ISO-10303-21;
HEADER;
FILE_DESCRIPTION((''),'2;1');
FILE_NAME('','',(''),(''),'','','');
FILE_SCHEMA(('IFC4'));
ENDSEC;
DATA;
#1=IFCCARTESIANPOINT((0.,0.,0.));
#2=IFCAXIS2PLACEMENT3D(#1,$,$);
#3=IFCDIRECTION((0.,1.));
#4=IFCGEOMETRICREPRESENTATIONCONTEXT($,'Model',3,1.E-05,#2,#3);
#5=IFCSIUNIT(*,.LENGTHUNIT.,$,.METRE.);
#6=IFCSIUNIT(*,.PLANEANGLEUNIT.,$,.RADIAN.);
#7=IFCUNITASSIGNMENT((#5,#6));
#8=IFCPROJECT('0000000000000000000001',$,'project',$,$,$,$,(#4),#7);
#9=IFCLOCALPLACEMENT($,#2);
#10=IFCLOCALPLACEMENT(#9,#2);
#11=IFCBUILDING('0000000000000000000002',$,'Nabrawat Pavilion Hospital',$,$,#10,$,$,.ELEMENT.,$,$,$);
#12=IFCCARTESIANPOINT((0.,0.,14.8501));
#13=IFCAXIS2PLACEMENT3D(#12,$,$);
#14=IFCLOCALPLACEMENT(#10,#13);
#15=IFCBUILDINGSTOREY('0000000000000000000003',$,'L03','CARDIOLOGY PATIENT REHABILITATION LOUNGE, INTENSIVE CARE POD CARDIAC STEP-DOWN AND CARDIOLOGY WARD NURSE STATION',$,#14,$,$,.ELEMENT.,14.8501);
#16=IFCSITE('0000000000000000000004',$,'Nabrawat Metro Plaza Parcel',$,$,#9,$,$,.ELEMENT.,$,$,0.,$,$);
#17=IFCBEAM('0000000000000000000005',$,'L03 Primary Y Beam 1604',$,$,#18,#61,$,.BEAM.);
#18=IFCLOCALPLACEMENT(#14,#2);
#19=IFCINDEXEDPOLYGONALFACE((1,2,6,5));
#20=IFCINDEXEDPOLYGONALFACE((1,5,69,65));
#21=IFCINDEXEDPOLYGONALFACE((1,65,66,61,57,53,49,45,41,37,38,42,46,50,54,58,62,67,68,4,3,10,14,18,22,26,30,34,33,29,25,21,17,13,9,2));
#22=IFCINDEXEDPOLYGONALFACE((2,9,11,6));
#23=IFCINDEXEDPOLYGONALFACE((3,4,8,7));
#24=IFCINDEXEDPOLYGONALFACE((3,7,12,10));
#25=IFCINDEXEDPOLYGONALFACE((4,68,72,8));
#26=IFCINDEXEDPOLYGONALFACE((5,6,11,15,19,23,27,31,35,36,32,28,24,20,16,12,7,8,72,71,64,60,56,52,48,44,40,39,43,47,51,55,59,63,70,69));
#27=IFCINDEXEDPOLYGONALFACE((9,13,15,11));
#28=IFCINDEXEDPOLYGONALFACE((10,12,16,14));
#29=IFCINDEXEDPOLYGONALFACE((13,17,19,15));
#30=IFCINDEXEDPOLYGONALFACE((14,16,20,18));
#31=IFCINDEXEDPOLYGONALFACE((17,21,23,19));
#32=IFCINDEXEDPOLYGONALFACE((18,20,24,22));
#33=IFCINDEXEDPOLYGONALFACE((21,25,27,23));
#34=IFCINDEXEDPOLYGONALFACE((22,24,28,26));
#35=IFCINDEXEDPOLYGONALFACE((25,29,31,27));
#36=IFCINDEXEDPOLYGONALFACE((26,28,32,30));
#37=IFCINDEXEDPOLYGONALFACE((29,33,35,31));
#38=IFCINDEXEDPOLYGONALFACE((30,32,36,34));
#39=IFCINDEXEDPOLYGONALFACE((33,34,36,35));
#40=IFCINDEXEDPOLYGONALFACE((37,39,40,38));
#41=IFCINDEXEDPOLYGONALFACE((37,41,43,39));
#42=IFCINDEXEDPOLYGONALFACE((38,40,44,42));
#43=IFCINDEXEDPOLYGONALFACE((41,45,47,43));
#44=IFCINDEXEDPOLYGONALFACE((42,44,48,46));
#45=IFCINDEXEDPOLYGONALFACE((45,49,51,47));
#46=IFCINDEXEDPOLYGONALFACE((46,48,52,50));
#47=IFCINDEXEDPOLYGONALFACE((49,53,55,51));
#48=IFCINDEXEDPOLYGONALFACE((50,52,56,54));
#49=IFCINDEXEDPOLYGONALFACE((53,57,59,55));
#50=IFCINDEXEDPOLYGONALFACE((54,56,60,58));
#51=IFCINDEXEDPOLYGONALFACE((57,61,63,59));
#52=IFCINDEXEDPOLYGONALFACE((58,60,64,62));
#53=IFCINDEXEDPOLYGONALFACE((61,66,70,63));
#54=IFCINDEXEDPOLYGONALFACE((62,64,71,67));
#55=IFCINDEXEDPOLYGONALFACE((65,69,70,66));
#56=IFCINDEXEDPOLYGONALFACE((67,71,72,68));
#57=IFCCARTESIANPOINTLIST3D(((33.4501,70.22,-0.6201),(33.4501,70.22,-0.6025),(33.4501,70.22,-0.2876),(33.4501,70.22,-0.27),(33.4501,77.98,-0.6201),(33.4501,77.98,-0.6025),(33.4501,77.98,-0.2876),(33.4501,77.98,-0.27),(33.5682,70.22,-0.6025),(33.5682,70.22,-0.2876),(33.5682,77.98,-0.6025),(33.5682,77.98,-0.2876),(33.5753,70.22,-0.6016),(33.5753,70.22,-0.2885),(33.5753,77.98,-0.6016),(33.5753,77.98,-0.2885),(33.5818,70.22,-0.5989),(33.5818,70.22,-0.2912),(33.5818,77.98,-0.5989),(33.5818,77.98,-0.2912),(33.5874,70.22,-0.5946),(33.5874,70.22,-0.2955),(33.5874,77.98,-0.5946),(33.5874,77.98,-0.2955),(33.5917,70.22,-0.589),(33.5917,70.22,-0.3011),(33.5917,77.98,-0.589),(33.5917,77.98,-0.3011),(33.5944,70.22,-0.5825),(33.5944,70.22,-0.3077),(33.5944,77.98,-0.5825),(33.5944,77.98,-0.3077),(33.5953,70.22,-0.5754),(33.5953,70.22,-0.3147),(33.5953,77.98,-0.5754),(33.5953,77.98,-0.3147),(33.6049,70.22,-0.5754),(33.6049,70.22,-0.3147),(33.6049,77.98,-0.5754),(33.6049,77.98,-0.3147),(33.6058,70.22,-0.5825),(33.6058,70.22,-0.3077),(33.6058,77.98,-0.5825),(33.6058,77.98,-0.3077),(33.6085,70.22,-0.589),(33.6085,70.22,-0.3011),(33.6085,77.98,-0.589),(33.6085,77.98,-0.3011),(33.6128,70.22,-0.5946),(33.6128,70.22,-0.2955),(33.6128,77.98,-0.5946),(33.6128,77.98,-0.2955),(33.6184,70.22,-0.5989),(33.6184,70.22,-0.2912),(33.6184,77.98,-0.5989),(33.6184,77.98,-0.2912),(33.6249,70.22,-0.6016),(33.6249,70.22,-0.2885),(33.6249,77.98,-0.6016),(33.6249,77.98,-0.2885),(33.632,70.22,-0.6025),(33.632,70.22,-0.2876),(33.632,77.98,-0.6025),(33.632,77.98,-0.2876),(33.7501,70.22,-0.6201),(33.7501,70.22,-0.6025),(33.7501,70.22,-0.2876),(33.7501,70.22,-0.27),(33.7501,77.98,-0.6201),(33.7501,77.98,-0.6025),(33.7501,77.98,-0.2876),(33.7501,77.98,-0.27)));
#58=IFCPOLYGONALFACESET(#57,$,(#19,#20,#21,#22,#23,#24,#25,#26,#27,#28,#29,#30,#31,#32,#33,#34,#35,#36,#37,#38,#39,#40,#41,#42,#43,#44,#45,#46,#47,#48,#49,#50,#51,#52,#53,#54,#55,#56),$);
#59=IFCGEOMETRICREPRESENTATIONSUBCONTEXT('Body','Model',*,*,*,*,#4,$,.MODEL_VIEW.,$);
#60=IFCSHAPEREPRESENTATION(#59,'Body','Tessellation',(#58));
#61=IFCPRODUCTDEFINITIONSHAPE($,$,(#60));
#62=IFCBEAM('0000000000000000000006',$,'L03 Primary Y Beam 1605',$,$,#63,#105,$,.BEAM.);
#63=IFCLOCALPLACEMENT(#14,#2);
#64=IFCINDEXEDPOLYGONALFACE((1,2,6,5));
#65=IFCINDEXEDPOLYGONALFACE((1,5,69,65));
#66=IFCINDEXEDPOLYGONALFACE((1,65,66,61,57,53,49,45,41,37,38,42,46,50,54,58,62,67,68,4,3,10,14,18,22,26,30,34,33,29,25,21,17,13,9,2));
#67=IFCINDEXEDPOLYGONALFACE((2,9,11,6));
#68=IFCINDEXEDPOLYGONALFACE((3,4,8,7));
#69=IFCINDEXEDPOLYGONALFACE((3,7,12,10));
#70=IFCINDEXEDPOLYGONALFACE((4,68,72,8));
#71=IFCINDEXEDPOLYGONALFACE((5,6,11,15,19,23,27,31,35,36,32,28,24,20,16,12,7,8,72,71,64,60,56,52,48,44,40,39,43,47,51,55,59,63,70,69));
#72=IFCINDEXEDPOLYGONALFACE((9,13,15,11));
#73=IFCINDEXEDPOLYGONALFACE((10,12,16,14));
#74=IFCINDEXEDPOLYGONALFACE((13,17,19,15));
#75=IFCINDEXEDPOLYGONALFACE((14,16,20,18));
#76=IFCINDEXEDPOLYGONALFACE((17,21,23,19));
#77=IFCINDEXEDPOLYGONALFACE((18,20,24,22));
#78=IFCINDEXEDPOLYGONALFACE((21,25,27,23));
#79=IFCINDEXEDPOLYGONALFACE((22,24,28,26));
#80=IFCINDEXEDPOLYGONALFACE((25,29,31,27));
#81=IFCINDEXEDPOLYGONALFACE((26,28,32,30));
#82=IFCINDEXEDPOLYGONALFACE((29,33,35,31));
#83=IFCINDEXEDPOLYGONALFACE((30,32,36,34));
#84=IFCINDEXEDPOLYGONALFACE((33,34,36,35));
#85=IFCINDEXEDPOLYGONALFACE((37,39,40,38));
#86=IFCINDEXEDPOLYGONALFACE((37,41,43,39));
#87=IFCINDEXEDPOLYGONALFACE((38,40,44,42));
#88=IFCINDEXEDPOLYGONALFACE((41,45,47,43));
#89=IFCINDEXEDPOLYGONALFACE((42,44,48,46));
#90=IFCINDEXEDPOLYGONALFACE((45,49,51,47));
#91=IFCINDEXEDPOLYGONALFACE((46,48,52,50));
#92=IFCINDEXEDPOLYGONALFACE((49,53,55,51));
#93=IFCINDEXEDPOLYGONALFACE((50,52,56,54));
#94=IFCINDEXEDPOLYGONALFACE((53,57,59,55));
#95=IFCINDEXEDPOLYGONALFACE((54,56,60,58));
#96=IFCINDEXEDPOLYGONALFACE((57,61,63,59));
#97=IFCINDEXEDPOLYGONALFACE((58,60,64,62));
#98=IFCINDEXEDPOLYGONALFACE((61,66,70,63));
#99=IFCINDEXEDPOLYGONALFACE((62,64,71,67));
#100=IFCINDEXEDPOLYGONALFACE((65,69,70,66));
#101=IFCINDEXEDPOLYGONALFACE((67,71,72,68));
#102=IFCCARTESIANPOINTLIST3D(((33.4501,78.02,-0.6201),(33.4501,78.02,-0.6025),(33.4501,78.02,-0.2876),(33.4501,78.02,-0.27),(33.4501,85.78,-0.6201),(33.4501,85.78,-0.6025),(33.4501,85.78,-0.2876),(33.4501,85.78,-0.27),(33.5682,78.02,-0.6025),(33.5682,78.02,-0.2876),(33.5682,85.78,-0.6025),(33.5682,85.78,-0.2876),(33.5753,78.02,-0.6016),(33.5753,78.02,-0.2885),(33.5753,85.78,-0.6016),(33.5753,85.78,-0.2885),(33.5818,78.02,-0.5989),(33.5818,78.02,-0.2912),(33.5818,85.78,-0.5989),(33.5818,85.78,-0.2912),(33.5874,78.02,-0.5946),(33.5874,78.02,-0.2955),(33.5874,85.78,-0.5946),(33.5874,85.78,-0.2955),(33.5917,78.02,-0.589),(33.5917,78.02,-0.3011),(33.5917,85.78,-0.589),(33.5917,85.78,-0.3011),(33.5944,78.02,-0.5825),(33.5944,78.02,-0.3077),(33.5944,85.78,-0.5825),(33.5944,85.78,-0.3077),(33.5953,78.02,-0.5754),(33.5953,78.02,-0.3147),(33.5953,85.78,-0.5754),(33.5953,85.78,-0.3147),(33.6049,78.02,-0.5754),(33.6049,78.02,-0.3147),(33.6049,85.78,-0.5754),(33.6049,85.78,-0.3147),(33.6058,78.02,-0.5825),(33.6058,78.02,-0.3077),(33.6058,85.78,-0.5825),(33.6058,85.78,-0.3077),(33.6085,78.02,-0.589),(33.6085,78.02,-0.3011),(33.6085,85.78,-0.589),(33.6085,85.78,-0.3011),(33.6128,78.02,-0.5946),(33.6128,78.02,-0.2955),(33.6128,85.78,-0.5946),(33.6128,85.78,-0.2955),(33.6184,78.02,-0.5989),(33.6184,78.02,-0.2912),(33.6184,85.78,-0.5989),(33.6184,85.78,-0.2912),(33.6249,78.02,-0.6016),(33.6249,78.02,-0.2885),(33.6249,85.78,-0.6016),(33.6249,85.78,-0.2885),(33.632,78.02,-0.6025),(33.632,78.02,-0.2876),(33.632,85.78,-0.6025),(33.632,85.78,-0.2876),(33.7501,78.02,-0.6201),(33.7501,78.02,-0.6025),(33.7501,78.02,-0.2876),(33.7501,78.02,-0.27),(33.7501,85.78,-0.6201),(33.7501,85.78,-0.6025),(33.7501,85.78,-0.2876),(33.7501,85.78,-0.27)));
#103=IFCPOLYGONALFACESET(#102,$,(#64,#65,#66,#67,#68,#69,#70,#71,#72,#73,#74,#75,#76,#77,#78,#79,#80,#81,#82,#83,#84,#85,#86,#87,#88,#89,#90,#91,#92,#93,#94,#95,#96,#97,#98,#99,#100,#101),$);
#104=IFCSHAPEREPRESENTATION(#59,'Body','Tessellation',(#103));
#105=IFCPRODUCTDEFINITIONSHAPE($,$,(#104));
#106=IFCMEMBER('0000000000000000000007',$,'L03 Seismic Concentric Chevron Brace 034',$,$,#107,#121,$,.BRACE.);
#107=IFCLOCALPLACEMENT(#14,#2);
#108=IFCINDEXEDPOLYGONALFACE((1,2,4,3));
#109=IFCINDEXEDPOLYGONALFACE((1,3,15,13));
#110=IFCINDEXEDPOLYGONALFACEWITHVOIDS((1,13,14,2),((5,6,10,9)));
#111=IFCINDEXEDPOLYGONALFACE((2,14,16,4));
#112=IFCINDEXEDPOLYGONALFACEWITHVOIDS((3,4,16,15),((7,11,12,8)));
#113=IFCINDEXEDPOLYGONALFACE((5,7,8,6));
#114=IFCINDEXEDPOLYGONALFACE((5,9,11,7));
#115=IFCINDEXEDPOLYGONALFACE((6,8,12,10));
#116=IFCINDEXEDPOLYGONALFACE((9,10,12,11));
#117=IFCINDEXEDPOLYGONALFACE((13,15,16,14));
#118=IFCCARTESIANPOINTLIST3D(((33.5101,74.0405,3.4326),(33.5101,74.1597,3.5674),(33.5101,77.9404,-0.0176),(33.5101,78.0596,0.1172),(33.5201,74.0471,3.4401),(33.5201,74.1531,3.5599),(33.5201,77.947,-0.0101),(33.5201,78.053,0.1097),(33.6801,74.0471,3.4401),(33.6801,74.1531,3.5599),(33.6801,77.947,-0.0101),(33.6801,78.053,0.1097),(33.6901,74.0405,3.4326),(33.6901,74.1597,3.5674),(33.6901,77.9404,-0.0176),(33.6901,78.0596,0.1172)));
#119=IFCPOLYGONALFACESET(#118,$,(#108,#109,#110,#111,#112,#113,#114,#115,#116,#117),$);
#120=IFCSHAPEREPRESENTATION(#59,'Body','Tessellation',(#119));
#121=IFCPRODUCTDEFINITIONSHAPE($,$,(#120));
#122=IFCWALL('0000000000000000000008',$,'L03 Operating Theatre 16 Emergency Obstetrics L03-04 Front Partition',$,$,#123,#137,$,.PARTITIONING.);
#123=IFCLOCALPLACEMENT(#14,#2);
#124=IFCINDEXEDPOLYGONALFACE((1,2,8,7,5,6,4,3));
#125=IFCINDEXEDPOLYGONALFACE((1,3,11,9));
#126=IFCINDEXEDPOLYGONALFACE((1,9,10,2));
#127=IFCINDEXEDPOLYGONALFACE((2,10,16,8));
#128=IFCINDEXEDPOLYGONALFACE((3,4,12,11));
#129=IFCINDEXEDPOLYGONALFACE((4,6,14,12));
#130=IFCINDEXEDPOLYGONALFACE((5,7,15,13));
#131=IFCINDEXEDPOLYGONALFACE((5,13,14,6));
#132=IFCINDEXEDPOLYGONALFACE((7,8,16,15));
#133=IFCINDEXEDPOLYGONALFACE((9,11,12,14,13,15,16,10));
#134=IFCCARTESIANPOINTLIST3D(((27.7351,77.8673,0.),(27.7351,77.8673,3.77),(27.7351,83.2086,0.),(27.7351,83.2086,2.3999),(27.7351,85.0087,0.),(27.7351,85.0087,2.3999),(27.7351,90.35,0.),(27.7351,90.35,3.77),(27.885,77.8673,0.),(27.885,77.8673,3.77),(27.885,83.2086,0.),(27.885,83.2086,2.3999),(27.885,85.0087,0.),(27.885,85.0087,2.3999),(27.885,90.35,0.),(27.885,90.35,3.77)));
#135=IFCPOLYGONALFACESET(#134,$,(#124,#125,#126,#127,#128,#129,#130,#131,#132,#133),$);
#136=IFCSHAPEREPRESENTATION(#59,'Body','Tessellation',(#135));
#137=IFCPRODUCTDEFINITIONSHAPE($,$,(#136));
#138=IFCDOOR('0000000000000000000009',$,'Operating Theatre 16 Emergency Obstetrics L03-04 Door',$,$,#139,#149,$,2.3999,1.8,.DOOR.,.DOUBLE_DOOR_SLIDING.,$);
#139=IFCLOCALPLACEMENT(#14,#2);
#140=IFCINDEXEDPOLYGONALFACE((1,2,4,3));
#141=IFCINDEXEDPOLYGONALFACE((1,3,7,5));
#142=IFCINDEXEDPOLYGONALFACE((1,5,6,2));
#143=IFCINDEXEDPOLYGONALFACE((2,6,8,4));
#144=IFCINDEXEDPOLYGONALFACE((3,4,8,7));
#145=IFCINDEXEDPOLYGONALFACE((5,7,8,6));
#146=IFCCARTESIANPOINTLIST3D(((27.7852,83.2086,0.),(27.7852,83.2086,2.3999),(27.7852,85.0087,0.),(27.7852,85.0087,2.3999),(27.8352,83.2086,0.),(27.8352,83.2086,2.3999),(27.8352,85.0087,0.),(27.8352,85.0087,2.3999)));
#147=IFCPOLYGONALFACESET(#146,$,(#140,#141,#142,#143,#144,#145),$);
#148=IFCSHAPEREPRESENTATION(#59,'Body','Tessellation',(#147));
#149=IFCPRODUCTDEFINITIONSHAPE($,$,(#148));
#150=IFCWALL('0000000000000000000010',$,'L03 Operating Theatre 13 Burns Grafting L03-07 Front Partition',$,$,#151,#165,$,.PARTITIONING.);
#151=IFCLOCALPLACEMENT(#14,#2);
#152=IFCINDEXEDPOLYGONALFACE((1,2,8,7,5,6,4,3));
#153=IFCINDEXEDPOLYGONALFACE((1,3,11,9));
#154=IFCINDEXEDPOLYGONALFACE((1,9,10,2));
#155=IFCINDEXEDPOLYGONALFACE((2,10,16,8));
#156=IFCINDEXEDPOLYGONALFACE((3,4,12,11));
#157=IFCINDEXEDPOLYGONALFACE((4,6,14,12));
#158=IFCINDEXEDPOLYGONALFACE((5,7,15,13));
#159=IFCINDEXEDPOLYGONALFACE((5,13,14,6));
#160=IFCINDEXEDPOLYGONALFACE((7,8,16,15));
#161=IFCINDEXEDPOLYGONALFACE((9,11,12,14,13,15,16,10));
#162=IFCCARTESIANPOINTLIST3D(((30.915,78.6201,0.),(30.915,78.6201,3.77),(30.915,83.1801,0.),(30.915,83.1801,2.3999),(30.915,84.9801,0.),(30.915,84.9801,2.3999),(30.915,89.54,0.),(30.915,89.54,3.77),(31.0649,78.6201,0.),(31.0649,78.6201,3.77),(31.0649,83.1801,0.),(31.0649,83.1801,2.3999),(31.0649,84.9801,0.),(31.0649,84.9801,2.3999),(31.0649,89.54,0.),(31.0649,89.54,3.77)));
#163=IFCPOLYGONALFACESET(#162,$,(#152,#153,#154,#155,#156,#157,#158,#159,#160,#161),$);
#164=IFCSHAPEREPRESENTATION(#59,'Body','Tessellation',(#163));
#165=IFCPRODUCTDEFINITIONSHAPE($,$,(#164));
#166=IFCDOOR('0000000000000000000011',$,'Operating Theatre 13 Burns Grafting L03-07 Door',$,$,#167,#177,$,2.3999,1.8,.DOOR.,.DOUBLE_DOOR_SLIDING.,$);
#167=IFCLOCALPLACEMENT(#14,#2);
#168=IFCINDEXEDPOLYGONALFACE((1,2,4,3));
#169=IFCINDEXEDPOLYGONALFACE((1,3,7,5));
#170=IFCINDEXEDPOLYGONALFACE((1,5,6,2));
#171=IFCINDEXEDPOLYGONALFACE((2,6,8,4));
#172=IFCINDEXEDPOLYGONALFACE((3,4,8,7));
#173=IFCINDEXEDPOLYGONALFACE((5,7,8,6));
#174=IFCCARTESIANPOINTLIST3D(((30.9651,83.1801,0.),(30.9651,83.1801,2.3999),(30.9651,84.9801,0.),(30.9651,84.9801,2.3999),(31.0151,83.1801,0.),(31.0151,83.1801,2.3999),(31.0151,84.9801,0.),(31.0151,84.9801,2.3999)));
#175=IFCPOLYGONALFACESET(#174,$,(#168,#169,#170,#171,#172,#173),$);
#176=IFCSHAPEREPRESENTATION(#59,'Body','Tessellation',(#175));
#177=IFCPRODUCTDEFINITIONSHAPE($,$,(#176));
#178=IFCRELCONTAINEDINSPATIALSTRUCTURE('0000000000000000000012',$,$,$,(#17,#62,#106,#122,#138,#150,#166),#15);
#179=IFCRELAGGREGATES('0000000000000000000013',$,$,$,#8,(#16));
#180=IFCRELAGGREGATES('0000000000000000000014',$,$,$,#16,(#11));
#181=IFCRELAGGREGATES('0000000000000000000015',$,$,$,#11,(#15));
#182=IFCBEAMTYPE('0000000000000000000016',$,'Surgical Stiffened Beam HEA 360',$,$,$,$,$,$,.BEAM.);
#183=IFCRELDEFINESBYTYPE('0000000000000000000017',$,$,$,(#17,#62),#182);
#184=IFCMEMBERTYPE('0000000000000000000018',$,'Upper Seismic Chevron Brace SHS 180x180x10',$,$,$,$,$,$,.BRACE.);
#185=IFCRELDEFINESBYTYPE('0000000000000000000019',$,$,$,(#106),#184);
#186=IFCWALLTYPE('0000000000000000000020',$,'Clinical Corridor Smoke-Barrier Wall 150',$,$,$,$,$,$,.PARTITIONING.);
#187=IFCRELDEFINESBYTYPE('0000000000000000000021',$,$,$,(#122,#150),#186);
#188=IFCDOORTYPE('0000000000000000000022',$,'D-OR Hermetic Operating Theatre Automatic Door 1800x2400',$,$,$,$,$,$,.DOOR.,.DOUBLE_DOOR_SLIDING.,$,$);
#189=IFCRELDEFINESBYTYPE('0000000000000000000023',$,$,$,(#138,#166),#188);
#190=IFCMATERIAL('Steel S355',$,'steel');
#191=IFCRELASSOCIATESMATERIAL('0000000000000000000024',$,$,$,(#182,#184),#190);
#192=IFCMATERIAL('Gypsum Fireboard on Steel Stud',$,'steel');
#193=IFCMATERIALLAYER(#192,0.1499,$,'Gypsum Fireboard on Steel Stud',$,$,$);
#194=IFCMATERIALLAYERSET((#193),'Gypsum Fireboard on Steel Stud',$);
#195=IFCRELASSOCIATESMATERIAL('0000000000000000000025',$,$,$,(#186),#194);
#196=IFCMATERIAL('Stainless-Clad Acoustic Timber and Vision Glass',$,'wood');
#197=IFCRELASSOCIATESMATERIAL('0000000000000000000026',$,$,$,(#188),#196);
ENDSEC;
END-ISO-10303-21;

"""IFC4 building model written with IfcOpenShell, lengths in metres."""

from ifc_helpers import new_model, si_unit, direction, frame, frame_2d, origin, origin_2d, place, context, subcontext, project, spatial, rectangle, hollow_rectangle, i_section, extrude, material, layer, layer_set, material_profile, profile_set, type_object, element, fill, save


model = new_model("IFC4")

# Units and contexts
model_context = context("Model", 3, precision=1e-05, world=origin(), true_north=direction((0.0, 1.0)))
body_context = subcontext(model_context, "Body", "Model", "MODEL_VIEW")
ifc_project = project(units=[si_unit("LENGTHUNIT", "METRE"), si_unit("PLANEANGLEUNIT", "RADIAN")], contexts=[model_context])

# Site, building, storey
site_placement = place(None, origin())
site = spatial("IfcSite", under=ifc_project, at=site_placement, Name="Nabrawat Metro Plaza Parcel", CompositionType="ELEMENT", RefElevation=0.0)
building_placement = place(site_placement, origin())
building = spatial("IfcBuilding", under=site, at=building_placement, Name="Nabrawat Pavilion Hospital", CompositionType="ELEMENT")
storey_placement = place(building_placement, frame((0.0, 0.0, 14.8501)))
storey = spatial("IfcBuildingStorey", under=building, at=storey_placement, Name="L03", Description="CARDIOLOGY PATIENT REHABILITATION LOUNGE, INTENSIVE CARE POD CARDIAC STEP-DOWN AND CARDIOLOGY WARD NURSE STATION", CompositionType="ELEMENT", Elevation=14.8501)

# Shared definitions
ifc_material_1 = material(Name="Steel S355", Category="steel")

# Beams
ifc_material_profile_1 = material_profile(ifc_material_1, i_section(OverallWidth=0.3, OverallDepth=0.3501, WebThickness=0.0095, FlangeThickness=0.0176, FilletRadius=0.0271, at=origin_2d()), Name="HEA 360")
ifc_profile_set_1 = profile_set([ifc_material_profile_1], Name="Steel S355")
beam_type_1 = type_object("IfcBeamType", Name="Surgical Stiffened Beam HEA 360", PredefinedType="BEAM", material=ifc_profile_set_1)
for number, where, z_axis, x_axis, name in (
    (1, (33.6001, 70.22, -0.4451), (0.0, 1.0, 0.0), (-1.0, 0.0, 0.0), "L03 Primary Y Beam 1604"),
    (2, (33.6001, 78.02, -0.4451), (0.0, 1.0, 0.0), (-1.0, 0.0, 0.0), "L03 Primary Y Beam 1605"),
):
    element("IfcBeam", number, at=place(storey_placement, frame(where, z_axis=z_axis, x_axis=x_axis)), inside=storey, type_object=beam_type_1, Name=name, PredefinedType="BEAM", context=body_context, shape_type="SweptSolid", body=[
        extrude(i_section(OverallWidth=0.3, OverallDepth=0.3501, WebThickness=0.0095, FlangeThickness=0.0176, FilletRadius=0.0271, at=origin_2d()), origin(), (0.0, 0.0, 1.0), 7.76),
    ])

# Member
ifc_material_profile_2 = material_profile(ifc_material_1, hollow_rectangle(XDim=0.1799, YDim=0.1799, WallThickness=0.01, at=origin_2d()), Name="SHS 180x180x10")
ifc_profile_set_2 = profile_set([ifc_material_profile_2], Name="Steel S355")
member_type = type_object("IfcMemberType", Name="Upper Seismic Chevron Brace SHS 180x180x10", PredefinedType="BRACE", material=ifc_profile_set_2)
member_placement = place(storey_placement, frame((33.6001, 78.0, 0.0498), z_axis=(0.0, -0.74897, 0.662604), x_axis=(1.0, 0.0, 0.0)))
element("IfcMember", 3, at=member_placement, inside=storey, type_object=member_type, Name="L03 Seismic Concentric Chevron Brace 034", PredefinedType="BRACE", context=body_context, shape_type="SweptSolid", body=[
    extrude(hollow_rectangle(XDim=0.1799, YDim=0.1799, WallThickness=0.01, at=origin_2d()), origin(), (0.0, 0.0, 1.0), 5.207),
])

# Walls, openings, doors
ifc_material_2 = material(Name="Gypsum Fireboard on Steel Stud", Category="steel")
ifc_layer_1 = layer(ifc_material_2, 0.1499, Name="Gypsum Fireboard on Steel Stud")
ifc_layer_set_1 = layer_set([ifc_layer_1], Name="Gypsum Fireboard on Steel Stud")
wall_type_1 = type_object("IfcWallType", Name="Clinical Corridor Smoke-Barrier Wall 150", PredefinedType="PARTITIONING", material=ifc_layer_set_1)
wall_1_placement = place(storey_placement, frame((27.8101, 77.8674, 0.0), z_axis=(0.0, 0.0, 1.0), x_axis=(0.0, 1.0, 0.0)))
wall_1 = element("IfcWall", 4, at=wall_1_placement, inside=storey, type_object=wall_type_1, Name="L03 Operating Theatre 16 Emergency Obstetrics L03-04 Front Partition", PredefinedType="PARTITIONING", context=body_context, shape_type="SweptSolid", body=[
    extrude(rectangle(XDim=12.4827, YDim=0.1499, at=frame_2d((6.2412, 0.0))), origin(), (0.0, 0.0, 1.0), 3.77),
])
opening_1_placement = place(wall_1_placement, frame((5.3413, 0.0, 0.0)))
opening_1 = element("IfcOpeningElement", 5, at=opening_1_placement, cuts=wall_1, PredefinedType="OPENING", context=body_context, shape_type="SweptSolid", body=[
    extrude(rectangle(XDim=1.8, YDim=2.3999, at=frame_2d((0.8999, 1.2))), frame((0.0, 0.085, 0.0), z_axis=(0.0, -1.0, 0.0), x_axis=(1.0, 0.0, 0.0)), (0.0, 0.0, 1.0), 0.1699),
])
ifc_material_3 = material(Name="Stainless-Clad Acoustic Timber and Vision Glass", Category="wood")
door_type_1 = type_object("IfcDoorType", Name="D-OR Hermetic Operating Theatre Automatic Door 1800x2400", OperationType="DOUBLE_DOOR_SLIDING", PredefinedType="DOOR", material=ifc_material_3)
door_1_placement = place(opening_1_placement, origin())
door_1 = element("IfcDoor", 6, at=door_1_placement, inside=storey, type_object=door_type_1, Name="Operating Theatre 16 Emergency Obstetrics L03-04 Door", OperationType="DOUBLE_DOOR_SLIDING", OverallHeight=2.3999, OverallWidth=1.8, PredefinedType="DOOR", context=body_context, shape_type="SweptSolid", body=[
    extrude(rectangle(XDim=1.8, YDim=2.3999, at=frame_2d((0.8999, 1.2))), frame((0.0, 0.0249, 0.0), z_axis=(0.0, -1.0, 0.0), x_axis=(1.0, 0.0, 0.0)), (0.0, 0.0, 1.0), 0.05),
])
fill(opening_1, door_1)
wall_2_placement = place(storey_placement, frame((30.99, 78.6201, 0.0), z_axis=(0.0, 0.0, 1.0), x_axis=(0.0, 1.0, 0.0)))
wall_2 = element("IfcWall", 7, at=wall_2_placement, inside=storey, type_object=wall_type_1, Name="L03 Operating Theatre 13 Burns Grafting L03-07 Front Partition", PredefinedType="PARTITIONING", context=body_context, shape_type="SweptSolid", body=[
    extrude(rectangle(XDim=10.9199, YDim=0.1499, at=frame_2d((5.46, 0.0))), origin(), (0.0, 0.0, 1.0), 3.77),
])
opening_2_placement = place(wall_2_placement, frame((4.5601, 0.0, 0.0)))
opening_2 = element("IfcOpeningElement", 8, at=opening_2_placement, cuts=wall_2, PredefinedType="OPENING", context=body_context, shape_type="SweptSolid", body=[
    extrude(rectangle(XDim=1.8, YDim=2.3999, at=frame_2d((0.8999, 1.2))), frame((0.0, 0.085, 0.0), z_axis=(0.0, -1.0, 0.0), x_axis=(1.0, 0.0, 0.0)), (0.0, 0.0, 1.0), 0.1699),
])
door_2_placement = place(opening_2_placement, origin())
door_2 = element("IfcDoor", 9, at=door_2_placement, inside=storey, type_object=door_type_1, Name="Operating Theatre 13 Burns Grafting L03-07 Door", OperationType="DOUBLE_DOOR_SLIDING", OverallHeight=2.3999, OverallWidth=1.8, PredefinedType="DOOR", context=body_context, shape_type="SweptSolid", body=[
    extrude(rectangle(XDim=1.8, YDim=2.3999, at=frame_2d((0.8999, 1.2))), frame((0.0, 0.0249, 0.0), z_axis=(0.0, -1.0, 0.0), x_axis=(1.0, 0.0, 0.0)), (0.0, 0.0, 1.0), 0.05),
])
fill(opening_2, door_2)

save(model, "model.ifc")
